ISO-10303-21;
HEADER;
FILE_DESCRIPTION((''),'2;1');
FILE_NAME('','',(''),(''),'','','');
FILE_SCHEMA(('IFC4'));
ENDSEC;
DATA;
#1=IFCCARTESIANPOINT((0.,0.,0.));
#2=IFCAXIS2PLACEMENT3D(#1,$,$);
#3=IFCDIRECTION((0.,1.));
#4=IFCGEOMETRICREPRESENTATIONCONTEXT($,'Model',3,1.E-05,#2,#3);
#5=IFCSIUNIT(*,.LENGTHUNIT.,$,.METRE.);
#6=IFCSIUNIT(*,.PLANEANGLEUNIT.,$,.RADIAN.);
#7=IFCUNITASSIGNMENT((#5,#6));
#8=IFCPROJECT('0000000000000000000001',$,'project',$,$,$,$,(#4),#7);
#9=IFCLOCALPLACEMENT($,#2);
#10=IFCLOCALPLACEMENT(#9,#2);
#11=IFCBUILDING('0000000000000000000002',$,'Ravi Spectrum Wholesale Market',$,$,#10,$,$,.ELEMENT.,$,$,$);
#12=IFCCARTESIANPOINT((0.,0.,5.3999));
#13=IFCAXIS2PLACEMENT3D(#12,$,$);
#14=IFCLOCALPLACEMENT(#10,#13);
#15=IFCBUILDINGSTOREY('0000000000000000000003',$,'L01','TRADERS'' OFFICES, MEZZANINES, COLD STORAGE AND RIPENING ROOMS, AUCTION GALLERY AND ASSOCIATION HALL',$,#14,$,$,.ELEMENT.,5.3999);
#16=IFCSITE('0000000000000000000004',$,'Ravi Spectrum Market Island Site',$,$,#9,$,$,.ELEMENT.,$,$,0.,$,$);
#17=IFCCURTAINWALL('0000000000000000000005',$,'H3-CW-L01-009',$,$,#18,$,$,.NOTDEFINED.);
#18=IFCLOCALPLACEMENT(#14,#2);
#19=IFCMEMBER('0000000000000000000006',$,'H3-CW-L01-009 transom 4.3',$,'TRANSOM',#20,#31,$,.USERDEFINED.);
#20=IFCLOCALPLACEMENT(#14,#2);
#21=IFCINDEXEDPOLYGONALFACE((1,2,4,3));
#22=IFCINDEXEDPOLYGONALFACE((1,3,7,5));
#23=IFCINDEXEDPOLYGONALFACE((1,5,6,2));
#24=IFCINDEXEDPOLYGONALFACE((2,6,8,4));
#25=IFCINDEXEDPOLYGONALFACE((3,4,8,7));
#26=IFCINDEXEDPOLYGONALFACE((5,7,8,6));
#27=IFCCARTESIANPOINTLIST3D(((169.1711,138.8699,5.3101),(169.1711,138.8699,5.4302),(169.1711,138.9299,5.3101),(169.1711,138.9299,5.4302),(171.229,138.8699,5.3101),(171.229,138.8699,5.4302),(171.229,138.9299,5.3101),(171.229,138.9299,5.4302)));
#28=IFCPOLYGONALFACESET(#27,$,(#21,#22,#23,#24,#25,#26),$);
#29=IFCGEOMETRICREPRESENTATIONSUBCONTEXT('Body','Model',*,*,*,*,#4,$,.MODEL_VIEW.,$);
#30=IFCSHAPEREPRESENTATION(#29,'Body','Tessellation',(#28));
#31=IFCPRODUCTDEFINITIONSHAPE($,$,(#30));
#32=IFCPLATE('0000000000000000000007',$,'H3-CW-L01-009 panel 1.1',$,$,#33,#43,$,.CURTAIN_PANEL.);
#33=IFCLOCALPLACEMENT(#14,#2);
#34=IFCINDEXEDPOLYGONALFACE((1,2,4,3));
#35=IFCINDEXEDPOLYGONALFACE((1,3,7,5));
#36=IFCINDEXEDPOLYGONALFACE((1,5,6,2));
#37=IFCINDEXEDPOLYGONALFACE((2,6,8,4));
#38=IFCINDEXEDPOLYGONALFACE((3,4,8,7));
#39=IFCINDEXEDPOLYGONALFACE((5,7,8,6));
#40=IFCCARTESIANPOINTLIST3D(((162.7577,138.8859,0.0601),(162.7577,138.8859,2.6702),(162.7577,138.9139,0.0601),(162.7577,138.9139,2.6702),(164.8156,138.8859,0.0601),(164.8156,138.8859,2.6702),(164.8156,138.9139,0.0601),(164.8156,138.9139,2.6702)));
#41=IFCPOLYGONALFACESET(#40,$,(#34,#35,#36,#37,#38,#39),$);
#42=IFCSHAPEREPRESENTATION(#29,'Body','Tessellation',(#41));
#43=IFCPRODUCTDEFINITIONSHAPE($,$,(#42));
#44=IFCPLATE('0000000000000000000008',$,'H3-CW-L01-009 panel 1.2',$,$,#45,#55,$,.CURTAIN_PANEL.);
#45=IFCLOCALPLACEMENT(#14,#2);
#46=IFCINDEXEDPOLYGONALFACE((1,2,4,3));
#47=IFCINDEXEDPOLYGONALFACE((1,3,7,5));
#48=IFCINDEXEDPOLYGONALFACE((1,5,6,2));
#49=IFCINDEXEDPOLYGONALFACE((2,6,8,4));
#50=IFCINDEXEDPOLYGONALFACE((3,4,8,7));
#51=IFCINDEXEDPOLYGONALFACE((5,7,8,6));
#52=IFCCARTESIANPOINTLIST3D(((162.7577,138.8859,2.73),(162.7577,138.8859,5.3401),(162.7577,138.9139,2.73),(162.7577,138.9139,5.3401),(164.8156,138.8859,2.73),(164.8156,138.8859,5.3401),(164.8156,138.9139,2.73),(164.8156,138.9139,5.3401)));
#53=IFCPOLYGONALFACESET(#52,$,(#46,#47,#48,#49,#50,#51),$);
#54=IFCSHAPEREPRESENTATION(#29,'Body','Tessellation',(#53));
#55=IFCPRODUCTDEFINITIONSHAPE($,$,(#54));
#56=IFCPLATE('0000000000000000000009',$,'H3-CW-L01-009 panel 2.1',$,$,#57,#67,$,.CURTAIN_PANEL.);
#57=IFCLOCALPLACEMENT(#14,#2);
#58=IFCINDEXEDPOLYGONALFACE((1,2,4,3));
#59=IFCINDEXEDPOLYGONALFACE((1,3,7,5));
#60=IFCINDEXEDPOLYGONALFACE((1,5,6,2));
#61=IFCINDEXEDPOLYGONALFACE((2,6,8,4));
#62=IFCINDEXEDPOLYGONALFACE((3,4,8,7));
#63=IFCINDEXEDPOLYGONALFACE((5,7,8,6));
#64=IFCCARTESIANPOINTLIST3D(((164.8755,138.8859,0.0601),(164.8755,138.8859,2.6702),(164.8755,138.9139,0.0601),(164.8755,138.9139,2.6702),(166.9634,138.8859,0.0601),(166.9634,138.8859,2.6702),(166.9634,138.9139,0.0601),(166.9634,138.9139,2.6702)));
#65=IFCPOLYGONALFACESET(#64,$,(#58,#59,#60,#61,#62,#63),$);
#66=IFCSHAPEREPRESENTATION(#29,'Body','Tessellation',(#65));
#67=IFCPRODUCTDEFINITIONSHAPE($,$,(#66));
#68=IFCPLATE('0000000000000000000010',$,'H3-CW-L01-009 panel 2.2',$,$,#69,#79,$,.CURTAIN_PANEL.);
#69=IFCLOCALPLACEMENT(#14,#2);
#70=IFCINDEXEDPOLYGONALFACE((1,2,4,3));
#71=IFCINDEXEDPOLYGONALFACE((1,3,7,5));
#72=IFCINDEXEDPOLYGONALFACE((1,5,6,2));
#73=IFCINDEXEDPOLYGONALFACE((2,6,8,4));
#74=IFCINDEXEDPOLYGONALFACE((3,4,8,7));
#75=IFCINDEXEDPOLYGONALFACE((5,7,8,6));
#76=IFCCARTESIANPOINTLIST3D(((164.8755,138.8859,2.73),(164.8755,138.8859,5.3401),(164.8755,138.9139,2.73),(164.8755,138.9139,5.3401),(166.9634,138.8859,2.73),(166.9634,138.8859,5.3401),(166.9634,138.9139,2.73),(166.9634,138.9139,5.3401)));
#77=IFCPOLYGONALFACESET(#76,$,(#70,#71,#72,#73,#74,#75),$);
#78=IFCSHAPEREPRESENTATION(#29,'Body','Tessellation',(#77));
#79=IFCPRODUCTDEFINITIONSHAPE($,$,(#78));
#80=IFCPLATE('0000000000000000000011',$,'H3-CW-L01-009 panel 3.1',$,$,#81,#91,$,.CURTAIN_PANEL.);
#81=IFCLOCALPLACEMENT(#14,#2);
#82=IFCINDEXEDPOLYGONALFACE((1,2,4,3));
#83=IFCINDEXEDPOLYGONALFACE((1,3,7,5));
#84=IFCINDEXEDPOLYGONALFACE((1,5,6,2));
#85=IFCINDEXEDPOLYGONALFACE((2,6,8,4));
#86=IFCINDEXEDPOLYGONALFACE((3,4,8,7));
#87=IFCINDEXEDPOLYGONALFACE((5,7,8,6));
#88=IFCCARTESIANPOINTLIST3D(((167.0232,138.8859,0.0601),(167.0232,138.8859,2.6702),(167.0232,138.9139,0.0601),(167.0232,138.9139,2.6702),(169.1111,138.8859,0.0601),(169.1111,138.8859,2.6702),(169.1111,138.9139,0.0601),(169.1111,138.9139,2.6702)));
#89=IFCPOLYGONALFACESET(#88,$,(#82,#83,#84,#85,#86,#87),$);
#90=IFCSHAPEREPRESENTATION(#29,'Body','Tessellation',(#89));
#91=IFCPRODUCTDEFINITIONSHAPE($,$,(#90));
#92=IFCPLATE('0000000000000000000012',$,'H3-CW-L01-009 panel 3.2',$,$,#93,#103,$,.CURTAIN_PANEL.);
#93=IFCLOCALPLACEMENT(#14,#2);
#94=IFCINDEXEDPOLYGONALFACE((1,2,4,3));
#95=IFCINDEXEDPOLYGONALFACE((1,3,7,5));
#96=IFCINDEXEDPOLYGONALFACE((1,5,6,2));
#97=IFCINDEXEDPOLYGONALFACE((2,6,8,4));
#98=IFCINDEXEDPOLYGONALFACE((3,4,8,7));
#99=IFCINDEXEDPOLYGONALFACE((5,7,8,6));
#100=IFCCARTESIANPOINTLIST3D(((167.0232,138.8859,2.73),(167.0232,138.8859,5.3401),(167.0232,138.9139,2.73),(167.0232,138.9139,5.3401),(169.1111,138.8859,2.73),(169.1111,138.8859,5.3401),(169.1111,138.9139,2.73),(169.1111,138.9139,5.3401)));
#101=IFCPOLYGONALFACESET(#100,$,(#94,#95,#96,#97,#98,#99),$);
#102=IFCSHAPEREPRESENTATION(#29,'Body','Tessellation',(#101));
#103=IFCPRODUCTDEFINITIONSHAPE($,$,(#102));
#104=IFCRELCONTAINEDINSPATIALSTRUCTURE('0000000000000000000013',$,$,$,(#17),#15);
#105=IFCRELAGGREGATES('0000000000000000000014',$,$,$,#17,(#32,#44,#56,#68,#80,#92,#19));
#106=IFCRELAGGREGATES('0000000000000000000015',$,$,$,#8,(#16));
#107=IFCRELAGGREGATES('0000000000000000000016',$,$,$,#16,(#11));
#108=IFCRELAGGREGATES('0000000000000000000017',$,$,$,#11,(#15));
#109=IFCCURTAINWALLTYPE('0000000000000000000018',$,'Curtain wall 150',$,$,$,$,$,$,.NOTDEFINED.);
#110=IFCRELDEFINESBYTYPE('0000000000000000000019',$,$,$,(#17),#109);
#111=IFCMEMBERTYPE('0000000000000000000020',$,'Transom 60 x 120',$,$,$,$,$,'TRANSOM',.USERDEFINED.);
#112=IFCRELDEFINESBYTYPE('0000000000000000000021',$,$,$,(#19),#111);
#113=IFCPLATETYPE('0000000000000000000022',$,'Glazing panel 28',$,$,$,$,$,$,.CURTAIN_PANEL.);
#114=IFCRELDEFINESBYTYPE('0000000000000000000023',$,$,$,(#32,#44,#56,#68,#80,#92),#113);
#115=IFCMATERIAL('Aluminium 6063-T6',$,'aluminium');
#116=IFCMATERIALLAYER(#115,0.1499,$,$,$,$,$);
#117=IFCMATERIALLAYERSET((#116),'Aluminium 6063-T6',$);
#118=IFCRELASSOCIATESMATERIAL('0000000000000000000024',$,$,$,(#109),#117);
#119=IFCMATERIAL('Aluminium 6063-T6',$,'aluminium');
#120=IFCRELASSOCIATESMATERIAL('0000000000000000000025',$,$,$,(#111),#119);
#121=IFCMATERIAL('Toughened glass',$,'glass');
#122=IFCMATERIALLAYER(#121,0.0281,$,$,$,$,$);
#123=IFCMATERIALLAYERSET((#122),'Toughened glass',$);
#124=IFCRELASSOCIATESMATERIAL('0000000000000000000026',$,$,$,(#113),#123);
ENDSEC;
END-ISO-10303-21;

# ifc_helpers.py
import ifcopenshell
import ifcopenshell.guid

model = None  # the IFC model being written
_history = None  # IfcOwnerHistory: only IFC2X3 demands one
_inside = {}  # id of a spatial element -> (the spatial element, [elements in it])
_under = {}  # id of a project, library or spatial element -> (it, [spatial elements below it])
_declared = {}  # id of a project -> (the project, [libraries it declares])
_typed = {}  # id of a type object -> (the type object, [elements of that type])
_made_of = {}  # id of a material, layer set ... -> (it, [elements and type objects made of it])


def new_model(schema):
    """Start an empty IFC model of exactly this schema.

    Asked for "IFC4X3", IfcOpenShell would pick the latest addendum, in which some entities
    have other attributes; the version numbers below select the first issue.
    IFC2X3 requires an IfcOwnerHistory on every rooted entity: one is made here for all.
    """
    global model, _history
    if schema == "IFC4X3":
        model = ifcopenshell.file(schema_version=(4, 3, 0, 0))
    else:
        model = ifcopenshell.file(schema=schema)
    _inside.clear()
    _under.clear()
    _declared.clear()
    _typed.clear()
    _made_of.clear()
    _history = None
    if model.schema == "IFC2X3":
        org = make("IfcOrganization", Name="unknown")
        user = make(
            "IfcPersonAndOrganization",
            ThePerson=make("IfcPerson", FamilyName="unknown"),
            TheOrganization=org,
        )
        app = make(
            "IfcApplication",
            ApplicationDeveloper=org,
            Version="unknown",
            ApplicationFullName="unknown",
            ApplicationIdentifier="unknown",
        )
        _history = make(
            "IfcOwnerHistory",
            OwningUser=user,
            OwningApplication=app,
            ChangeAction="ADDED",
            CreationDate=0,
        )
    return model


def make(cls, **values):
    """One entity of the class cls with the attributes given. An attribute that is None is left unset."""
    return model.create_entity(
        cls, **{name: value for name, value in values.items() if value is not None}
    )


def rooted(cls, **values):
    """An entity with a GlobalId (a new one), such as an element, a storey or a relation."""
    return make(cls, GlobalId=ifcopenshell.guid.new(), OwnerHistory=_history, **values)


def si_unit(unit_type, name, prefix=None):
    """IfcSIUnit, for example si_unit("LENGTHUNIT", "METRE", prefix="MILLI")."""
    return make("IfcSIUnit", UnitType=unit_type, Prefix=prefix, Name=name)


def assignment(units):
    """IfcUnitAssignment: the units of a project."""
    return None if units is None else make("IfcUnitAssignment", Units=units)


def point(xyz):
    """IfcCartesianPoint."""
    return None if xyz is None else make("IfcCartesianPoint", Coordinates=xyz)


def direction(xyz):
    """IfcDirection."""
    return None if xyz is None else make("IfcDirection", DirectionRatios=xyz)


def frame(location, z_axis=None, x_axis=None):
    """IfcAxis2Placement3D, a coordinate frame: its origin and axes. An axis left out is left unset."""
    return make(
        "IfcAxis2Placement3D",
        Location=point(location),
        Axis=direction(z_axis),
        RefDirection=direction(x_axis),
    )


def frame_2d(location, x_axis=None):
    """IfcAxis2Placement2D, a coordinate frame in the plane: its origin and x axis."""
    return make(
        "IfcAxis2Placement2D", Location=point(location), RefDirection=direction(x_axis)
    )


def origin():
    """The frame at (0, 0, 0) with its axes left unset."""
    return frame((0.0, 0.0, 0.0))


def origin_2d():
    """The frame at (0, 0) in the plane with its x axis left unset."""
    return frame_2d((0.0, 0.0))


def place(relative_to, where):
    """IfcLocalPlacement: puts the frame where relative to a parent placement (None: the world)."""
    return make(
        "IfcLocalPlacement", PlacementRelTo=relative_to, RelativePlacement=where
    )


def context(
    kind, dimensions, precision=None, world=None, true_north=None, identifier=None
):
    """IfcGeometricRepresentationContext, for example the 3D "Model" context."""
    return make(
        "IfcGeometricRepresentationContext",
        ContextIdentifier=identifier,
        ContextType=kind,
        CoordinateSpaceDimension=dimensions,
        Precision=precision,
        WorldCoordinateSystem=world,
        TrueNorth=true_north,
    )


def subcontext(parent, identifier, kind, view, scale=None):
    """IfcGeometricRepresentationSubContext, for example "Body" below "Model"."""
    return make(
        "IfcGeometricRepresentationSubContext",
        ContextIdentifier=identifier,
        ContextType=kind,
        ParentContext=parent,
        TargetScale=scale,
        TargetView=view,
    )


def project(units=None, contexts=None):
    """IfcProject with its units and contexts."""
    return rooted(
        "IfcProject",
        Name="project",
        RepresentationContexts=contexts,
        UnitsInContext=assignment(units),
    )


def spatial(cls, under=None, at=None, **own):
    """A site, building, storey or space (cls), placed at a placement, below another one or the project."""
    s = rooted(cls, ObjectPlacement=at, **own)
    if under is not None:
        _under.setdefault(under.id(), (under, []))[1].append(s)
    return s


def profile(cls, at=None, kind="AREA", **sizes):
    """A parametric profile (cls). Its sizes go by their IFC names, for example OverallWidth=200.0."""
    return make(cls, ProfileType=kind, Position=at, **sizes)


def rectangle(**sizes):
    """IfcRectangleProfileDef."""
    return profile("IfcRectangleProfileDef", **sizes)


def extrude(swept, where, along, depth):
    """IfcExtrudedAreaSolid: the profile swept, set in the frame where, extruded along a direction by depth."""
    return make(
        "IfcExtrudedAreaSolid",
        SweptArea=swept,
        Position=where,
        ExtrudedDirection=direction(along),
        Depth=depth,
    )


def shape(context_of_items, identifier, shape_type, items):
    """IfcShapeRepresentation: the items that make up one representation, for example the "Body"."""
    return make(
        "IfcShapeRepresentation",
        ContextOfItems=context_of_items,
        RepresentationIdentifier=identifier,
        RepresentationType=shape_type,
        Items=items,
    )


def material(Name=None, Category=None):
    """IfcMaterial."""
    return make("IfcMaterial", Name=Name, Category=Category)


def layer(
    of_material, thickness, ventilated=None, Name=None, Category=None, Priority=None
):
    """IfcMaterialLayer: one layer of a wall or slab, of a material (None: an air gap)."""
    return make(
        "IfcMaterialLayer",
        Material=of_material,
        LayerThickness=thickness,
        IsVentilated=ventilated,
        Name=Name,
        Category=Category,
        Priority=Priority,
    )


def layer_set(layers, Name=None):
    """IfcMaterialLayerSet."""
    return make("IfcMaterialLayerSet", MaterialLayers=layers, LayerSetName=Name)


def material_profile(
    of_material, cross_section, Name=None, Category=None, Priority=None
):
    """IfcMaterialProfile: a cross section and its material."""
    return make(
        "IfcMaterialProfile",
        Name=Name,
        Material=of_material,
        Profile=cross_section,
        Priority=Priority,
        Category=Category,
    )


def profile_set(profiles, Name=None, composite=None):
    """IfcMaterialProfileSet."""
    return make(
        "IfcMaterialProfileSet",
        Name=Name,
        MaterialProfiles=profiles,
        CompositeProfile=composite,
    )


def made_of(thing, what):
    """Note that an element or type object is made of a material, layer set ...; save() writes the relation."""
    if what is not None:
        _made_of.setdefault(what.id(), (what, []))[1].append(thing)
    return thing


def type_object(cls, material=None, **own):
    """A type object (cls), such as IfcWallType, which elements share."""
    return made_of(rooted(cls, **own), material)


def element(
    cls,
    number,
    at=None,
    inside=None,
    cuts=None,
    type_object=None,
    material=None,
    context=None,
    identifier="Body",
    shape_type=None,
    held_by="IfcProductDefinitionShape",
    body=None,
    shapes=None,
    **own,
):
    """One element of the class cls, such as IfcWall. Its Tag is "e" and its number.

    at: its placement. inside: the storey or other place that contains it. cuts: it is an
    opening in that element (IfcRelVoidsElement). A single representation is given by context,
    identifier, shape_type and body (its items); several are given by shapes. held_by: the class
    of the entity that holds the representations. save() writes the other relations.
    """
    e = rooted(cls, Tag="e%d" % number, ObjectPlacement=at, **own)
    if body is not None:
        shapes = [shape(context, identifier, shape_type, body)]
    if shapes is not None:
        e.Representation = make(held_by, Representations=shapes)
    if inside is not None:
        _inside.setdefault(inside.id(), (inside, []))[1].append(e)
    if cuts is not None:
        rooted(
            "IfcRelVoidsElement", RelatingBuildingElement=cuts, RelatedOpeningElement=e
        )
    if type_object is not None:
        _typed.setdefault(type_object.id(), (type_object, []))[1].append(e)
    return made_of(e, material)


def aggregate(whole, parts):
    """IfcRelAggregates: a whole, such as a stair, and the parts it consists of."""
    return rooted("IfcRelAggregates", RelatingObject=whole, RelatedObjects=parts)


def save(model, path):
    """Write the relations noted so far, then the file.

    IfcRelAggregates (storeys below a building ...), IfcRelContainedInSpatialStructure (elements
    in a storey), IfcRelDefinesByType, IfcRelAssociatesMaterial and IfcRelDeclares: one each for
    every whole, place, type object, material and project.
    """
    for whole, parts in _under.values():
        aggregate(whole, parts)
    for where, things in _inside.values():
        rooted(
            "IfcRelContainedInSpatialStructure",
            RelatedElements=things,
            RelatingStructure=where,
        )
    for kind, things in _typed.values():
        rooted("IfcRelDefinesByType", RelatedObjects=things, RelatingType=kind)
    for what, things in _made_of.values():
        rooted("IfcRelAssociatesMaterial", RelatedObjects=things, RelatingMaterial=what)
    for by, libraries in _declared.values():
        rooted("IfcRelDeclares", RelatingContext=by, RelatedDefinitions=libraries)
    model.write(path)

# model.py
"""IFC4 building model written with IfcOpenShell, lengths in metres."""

from ifc_helpers import new_model, si_unit, direction, frame, origin, origin_2d, place, context, subcontext, project, spatial, rectangle, extrude, material, layer, layer_set, material_profile, profile_set, type_object, element, aggregate, save


model = new_model("IFC4")

# Units and contexts
model_context = context("Model", 3, precision=1e-05, world=origin(), true_north=direction((0.0, 1.0)))
body_context = subcontext(model_context, "Body", "Model", "MODEL_VIEW")
ifc_project = project(units=[si_unit("LENGTHUNIT", "METRE"), si_unit("PLANEANGLEUNIT", "RADIAN")], contexts=[model_context])

# Site, building, storey
site_placement = place(None, origin())
site = spatial("IfcSite", under=ifc_project, at=site_placement, Name="Ravi Spectrum Market Island Site", CompositionType="ELEMENT", RefElevation=0.0)
building_placement = place(site_placement, origin())
building = spatial("IfcBuilding", under=site, at=building_placement, Name="Ravi Spectrum Wholesale Market", CompositionType="ELEMENT")
storey_placement = place(building_placement, frame((0.0, 0.0, 5.3999)))
storey = spatial("IfcBuildingStorey", under=building, at=storey_placement, Name="L01", Description="TRADERS' OFFICES, MEZZANINES, COLD STORAGE AND RIPENING ROOMS, AUCTION GALLERY AND ASSOCIATION HALL", CompositionType="ELEMENT", Elevation=5.3999)

# Curtain wall, member, plates
ifc_material_1 = material(Name="Aluminium 6063-T6", Category="aluminium")
ifc_layer_1 = layer(ifc_material_1, 0.1499)
ifc_layer_set_1 = layer_set([ifc_layer_1], Name="Aluminium 6063-T6")
curtain_wall_type = type_object("IfcCurtainWallType", Name="Curtain wall 150", PredefinedType="NOTDEFINED", material=ifc_layer_set_1)
curtain_wall_placement = place(storey_placement, origin())
curtain_wall = element("IfcCurtainWall", 1, at=curtain_wall_placement, inside=storey, type_object=curtain_wall_type, Name="H3-CW-L01-009", PredefinedType="NOTDEFINED")
ifc_material_2 = material(Name="Aluminium 6063-T6", Category="aluminium")
ifc_material_profile_1 = material_profile(ifc_material_2, rectangle(XDim=0.0601, YDim=0.1201, at=origin_2d()))
ifc_profile_set_1 = profile_set([ifc_material_profile_1], Name="Aluminium 6063-T6")
member_type_1 = type_object("IfcMemberType", Name="Transom 60 x 120", ElementType="TRANSOM", PredefinedType="USERDEFINED", material=ifc_profile_set_1)
member_1_placement = place(storey_placement, frame((169.1711, 138.8999, 5.3701), z_axis=(1.0, 0.0, 0.0), x_axis=(0.0, 1.0, 0.0)))
member_1 = element("IfcMember", 2, at=member_1_placement, type_object=member_type_1, Name="H3-CW-L01-009 transom 4.3", ObjectType="TRANSOM", PredefinedType="USERDEFINED", context=body_context, shape_type="SweptSolid", body=[
    extrude(rectangle(XDim=0.0601, YDim=0.1201, at=origin_2d()), origin(), (0.0, 0.0, 1.0), 2.0579),
])
ifc_material_3 = material(Name="Toughened glass", Category="glass")
ifc_layer_2 = layer(ifc_material_3, 0.0281)
ifc_layer_set_2 = layer_set([ifc_layer_2], Name="Toughened glass")
plate_type = type_object("IfcPlateType", Name="Glazing panel 28", PredefinedType="CURTAIN_PANEL", material=ifc_layer_set_2)
plate_1_placement = place(storey_placement, frame((163.7866, 138.8999, 0.0601), z_axis=(0.0, 0.0, 1.0), x_axis=(1.0, 0.0, 0.0)))
plate_1 = element("IfcPlate", 3, at=plate_1_placement, type_object=plate_type, Name="H3-CW-L01-009 panel 1.1", PredefinedType="CURTAIN_PANEL", context=body_context, shape_type="SweptSolid", body=[
    extrude(rectangle(XDim=2.0579, YDim=0.0281, at=origin_2d()), origin(), (0.0, 0.0, 1.0), 2.6101),
])
plate_2_placement = place(storey_placement, frame((163.7866, 138.8999, 2.73), z_axis=(0.0, 0.0, 1.0), x_axis=(1.0, 0.0, 0.0)))
plate_2 = element("IfcPlate", 4, at=plate_2_placement, type_object=plate_type, Name="H3-CW-L01-009 panel 1.2", PredefinedType="CURTAIN_PANEL", context=body_context, shape_type="SweptSolid", body=[
    extrude(rectangle(XDim=2.0579, YDim=0.0281, at=origin_2d()), origin(), (0.0, 0.0, 1.0), 2.6101),
])
plate_3_placement = place(storey_placement, frame((165.9194, 138.8999, 0.0601), z_axis=(0.0, 0.0, 1.0), x_axis=(1.0, 0.0, 0.0)))
plate_3 = element("IfcPlate", 5, at=plate_3_placement, type_object=plate_type, Name="H3-CW-L01-009 panel 2.1", PredefinedType="CURTAIN_PANEL", context=body_context, shape_type="SweptSolid", body=[
    extrude(rectangle(XDim=2.0879, YDim=0.0281, at=origin_2d()), origin(), (0.0, 0.0, 1.0), 2.6101),
])
plate_4_placement = place(storey_placement, frame((165.9194, 138.8999, 2.73), z_axis=(0.0, 0.0, 1.0), x_axis=(1.0, 0.0, 0.0)))
plate_4 = element("IfcPlate", 6, at=plate_4_placement, type_object=plate_type, Name="H3-CW-L01-009 panel 2.2", PredefinedType="CURTAIN_PANEL", context=body_context, shape_type="SweptSolid", body=[
    extrude(rectangle(XDim=2.0879, YDim=0.0281, at=origin_2d()), origin(), (0.0, 0.0, 1.0), 2.6101),
])
plate_5_placement = place(storey_placement, frame((168.0671, 138.8999, 0.0601), z_axis=(0.0, 0.0, 1.0), x_axis=(1.0, 0.0, 0.0)))
plate_5 = element("IfcPlate", 7, at=plate_5_placement, type_object=plate_type, Name="H3-CW-L01-009 panel 3.1", PredefinedType="CURTAIN_PANEL", context=body_context, shape_type="SweptSolid", body=[
    extrude(rectangle(XDim=2.0879, YDim=0.0281, at=origin_2d()), origin(), (0.0, 0.0, 1.0), 2.6101),
])
plate_6_placement = place(storey_placement, frame((168.0671, 138.8999, 2.73), z_axis=(0.0, 0.0, 1.0), x_axis=(1.0, 0.0, 0.0)))
plate_6 = element("IfcPlate", 8, at=plate_6_placement, type_object=plate_type, Name="H3-CW-L01-009 panel 3.2", PredefinedType="CURTAIN_PANEL", context=body_context, shape_type="SweptSolid", body=[
    extrude(rectangle(XDim=2.0879, YDim=0.0281, at=origin_2d()), origin(), (0.0, 0.0, 1.0), 2.6101),
])
aggregate(curtain_wall, [plate_1, plate_2, plate_3, plate_4, plate_5, plate_6, member_1])

save(model, "model.ifc")
